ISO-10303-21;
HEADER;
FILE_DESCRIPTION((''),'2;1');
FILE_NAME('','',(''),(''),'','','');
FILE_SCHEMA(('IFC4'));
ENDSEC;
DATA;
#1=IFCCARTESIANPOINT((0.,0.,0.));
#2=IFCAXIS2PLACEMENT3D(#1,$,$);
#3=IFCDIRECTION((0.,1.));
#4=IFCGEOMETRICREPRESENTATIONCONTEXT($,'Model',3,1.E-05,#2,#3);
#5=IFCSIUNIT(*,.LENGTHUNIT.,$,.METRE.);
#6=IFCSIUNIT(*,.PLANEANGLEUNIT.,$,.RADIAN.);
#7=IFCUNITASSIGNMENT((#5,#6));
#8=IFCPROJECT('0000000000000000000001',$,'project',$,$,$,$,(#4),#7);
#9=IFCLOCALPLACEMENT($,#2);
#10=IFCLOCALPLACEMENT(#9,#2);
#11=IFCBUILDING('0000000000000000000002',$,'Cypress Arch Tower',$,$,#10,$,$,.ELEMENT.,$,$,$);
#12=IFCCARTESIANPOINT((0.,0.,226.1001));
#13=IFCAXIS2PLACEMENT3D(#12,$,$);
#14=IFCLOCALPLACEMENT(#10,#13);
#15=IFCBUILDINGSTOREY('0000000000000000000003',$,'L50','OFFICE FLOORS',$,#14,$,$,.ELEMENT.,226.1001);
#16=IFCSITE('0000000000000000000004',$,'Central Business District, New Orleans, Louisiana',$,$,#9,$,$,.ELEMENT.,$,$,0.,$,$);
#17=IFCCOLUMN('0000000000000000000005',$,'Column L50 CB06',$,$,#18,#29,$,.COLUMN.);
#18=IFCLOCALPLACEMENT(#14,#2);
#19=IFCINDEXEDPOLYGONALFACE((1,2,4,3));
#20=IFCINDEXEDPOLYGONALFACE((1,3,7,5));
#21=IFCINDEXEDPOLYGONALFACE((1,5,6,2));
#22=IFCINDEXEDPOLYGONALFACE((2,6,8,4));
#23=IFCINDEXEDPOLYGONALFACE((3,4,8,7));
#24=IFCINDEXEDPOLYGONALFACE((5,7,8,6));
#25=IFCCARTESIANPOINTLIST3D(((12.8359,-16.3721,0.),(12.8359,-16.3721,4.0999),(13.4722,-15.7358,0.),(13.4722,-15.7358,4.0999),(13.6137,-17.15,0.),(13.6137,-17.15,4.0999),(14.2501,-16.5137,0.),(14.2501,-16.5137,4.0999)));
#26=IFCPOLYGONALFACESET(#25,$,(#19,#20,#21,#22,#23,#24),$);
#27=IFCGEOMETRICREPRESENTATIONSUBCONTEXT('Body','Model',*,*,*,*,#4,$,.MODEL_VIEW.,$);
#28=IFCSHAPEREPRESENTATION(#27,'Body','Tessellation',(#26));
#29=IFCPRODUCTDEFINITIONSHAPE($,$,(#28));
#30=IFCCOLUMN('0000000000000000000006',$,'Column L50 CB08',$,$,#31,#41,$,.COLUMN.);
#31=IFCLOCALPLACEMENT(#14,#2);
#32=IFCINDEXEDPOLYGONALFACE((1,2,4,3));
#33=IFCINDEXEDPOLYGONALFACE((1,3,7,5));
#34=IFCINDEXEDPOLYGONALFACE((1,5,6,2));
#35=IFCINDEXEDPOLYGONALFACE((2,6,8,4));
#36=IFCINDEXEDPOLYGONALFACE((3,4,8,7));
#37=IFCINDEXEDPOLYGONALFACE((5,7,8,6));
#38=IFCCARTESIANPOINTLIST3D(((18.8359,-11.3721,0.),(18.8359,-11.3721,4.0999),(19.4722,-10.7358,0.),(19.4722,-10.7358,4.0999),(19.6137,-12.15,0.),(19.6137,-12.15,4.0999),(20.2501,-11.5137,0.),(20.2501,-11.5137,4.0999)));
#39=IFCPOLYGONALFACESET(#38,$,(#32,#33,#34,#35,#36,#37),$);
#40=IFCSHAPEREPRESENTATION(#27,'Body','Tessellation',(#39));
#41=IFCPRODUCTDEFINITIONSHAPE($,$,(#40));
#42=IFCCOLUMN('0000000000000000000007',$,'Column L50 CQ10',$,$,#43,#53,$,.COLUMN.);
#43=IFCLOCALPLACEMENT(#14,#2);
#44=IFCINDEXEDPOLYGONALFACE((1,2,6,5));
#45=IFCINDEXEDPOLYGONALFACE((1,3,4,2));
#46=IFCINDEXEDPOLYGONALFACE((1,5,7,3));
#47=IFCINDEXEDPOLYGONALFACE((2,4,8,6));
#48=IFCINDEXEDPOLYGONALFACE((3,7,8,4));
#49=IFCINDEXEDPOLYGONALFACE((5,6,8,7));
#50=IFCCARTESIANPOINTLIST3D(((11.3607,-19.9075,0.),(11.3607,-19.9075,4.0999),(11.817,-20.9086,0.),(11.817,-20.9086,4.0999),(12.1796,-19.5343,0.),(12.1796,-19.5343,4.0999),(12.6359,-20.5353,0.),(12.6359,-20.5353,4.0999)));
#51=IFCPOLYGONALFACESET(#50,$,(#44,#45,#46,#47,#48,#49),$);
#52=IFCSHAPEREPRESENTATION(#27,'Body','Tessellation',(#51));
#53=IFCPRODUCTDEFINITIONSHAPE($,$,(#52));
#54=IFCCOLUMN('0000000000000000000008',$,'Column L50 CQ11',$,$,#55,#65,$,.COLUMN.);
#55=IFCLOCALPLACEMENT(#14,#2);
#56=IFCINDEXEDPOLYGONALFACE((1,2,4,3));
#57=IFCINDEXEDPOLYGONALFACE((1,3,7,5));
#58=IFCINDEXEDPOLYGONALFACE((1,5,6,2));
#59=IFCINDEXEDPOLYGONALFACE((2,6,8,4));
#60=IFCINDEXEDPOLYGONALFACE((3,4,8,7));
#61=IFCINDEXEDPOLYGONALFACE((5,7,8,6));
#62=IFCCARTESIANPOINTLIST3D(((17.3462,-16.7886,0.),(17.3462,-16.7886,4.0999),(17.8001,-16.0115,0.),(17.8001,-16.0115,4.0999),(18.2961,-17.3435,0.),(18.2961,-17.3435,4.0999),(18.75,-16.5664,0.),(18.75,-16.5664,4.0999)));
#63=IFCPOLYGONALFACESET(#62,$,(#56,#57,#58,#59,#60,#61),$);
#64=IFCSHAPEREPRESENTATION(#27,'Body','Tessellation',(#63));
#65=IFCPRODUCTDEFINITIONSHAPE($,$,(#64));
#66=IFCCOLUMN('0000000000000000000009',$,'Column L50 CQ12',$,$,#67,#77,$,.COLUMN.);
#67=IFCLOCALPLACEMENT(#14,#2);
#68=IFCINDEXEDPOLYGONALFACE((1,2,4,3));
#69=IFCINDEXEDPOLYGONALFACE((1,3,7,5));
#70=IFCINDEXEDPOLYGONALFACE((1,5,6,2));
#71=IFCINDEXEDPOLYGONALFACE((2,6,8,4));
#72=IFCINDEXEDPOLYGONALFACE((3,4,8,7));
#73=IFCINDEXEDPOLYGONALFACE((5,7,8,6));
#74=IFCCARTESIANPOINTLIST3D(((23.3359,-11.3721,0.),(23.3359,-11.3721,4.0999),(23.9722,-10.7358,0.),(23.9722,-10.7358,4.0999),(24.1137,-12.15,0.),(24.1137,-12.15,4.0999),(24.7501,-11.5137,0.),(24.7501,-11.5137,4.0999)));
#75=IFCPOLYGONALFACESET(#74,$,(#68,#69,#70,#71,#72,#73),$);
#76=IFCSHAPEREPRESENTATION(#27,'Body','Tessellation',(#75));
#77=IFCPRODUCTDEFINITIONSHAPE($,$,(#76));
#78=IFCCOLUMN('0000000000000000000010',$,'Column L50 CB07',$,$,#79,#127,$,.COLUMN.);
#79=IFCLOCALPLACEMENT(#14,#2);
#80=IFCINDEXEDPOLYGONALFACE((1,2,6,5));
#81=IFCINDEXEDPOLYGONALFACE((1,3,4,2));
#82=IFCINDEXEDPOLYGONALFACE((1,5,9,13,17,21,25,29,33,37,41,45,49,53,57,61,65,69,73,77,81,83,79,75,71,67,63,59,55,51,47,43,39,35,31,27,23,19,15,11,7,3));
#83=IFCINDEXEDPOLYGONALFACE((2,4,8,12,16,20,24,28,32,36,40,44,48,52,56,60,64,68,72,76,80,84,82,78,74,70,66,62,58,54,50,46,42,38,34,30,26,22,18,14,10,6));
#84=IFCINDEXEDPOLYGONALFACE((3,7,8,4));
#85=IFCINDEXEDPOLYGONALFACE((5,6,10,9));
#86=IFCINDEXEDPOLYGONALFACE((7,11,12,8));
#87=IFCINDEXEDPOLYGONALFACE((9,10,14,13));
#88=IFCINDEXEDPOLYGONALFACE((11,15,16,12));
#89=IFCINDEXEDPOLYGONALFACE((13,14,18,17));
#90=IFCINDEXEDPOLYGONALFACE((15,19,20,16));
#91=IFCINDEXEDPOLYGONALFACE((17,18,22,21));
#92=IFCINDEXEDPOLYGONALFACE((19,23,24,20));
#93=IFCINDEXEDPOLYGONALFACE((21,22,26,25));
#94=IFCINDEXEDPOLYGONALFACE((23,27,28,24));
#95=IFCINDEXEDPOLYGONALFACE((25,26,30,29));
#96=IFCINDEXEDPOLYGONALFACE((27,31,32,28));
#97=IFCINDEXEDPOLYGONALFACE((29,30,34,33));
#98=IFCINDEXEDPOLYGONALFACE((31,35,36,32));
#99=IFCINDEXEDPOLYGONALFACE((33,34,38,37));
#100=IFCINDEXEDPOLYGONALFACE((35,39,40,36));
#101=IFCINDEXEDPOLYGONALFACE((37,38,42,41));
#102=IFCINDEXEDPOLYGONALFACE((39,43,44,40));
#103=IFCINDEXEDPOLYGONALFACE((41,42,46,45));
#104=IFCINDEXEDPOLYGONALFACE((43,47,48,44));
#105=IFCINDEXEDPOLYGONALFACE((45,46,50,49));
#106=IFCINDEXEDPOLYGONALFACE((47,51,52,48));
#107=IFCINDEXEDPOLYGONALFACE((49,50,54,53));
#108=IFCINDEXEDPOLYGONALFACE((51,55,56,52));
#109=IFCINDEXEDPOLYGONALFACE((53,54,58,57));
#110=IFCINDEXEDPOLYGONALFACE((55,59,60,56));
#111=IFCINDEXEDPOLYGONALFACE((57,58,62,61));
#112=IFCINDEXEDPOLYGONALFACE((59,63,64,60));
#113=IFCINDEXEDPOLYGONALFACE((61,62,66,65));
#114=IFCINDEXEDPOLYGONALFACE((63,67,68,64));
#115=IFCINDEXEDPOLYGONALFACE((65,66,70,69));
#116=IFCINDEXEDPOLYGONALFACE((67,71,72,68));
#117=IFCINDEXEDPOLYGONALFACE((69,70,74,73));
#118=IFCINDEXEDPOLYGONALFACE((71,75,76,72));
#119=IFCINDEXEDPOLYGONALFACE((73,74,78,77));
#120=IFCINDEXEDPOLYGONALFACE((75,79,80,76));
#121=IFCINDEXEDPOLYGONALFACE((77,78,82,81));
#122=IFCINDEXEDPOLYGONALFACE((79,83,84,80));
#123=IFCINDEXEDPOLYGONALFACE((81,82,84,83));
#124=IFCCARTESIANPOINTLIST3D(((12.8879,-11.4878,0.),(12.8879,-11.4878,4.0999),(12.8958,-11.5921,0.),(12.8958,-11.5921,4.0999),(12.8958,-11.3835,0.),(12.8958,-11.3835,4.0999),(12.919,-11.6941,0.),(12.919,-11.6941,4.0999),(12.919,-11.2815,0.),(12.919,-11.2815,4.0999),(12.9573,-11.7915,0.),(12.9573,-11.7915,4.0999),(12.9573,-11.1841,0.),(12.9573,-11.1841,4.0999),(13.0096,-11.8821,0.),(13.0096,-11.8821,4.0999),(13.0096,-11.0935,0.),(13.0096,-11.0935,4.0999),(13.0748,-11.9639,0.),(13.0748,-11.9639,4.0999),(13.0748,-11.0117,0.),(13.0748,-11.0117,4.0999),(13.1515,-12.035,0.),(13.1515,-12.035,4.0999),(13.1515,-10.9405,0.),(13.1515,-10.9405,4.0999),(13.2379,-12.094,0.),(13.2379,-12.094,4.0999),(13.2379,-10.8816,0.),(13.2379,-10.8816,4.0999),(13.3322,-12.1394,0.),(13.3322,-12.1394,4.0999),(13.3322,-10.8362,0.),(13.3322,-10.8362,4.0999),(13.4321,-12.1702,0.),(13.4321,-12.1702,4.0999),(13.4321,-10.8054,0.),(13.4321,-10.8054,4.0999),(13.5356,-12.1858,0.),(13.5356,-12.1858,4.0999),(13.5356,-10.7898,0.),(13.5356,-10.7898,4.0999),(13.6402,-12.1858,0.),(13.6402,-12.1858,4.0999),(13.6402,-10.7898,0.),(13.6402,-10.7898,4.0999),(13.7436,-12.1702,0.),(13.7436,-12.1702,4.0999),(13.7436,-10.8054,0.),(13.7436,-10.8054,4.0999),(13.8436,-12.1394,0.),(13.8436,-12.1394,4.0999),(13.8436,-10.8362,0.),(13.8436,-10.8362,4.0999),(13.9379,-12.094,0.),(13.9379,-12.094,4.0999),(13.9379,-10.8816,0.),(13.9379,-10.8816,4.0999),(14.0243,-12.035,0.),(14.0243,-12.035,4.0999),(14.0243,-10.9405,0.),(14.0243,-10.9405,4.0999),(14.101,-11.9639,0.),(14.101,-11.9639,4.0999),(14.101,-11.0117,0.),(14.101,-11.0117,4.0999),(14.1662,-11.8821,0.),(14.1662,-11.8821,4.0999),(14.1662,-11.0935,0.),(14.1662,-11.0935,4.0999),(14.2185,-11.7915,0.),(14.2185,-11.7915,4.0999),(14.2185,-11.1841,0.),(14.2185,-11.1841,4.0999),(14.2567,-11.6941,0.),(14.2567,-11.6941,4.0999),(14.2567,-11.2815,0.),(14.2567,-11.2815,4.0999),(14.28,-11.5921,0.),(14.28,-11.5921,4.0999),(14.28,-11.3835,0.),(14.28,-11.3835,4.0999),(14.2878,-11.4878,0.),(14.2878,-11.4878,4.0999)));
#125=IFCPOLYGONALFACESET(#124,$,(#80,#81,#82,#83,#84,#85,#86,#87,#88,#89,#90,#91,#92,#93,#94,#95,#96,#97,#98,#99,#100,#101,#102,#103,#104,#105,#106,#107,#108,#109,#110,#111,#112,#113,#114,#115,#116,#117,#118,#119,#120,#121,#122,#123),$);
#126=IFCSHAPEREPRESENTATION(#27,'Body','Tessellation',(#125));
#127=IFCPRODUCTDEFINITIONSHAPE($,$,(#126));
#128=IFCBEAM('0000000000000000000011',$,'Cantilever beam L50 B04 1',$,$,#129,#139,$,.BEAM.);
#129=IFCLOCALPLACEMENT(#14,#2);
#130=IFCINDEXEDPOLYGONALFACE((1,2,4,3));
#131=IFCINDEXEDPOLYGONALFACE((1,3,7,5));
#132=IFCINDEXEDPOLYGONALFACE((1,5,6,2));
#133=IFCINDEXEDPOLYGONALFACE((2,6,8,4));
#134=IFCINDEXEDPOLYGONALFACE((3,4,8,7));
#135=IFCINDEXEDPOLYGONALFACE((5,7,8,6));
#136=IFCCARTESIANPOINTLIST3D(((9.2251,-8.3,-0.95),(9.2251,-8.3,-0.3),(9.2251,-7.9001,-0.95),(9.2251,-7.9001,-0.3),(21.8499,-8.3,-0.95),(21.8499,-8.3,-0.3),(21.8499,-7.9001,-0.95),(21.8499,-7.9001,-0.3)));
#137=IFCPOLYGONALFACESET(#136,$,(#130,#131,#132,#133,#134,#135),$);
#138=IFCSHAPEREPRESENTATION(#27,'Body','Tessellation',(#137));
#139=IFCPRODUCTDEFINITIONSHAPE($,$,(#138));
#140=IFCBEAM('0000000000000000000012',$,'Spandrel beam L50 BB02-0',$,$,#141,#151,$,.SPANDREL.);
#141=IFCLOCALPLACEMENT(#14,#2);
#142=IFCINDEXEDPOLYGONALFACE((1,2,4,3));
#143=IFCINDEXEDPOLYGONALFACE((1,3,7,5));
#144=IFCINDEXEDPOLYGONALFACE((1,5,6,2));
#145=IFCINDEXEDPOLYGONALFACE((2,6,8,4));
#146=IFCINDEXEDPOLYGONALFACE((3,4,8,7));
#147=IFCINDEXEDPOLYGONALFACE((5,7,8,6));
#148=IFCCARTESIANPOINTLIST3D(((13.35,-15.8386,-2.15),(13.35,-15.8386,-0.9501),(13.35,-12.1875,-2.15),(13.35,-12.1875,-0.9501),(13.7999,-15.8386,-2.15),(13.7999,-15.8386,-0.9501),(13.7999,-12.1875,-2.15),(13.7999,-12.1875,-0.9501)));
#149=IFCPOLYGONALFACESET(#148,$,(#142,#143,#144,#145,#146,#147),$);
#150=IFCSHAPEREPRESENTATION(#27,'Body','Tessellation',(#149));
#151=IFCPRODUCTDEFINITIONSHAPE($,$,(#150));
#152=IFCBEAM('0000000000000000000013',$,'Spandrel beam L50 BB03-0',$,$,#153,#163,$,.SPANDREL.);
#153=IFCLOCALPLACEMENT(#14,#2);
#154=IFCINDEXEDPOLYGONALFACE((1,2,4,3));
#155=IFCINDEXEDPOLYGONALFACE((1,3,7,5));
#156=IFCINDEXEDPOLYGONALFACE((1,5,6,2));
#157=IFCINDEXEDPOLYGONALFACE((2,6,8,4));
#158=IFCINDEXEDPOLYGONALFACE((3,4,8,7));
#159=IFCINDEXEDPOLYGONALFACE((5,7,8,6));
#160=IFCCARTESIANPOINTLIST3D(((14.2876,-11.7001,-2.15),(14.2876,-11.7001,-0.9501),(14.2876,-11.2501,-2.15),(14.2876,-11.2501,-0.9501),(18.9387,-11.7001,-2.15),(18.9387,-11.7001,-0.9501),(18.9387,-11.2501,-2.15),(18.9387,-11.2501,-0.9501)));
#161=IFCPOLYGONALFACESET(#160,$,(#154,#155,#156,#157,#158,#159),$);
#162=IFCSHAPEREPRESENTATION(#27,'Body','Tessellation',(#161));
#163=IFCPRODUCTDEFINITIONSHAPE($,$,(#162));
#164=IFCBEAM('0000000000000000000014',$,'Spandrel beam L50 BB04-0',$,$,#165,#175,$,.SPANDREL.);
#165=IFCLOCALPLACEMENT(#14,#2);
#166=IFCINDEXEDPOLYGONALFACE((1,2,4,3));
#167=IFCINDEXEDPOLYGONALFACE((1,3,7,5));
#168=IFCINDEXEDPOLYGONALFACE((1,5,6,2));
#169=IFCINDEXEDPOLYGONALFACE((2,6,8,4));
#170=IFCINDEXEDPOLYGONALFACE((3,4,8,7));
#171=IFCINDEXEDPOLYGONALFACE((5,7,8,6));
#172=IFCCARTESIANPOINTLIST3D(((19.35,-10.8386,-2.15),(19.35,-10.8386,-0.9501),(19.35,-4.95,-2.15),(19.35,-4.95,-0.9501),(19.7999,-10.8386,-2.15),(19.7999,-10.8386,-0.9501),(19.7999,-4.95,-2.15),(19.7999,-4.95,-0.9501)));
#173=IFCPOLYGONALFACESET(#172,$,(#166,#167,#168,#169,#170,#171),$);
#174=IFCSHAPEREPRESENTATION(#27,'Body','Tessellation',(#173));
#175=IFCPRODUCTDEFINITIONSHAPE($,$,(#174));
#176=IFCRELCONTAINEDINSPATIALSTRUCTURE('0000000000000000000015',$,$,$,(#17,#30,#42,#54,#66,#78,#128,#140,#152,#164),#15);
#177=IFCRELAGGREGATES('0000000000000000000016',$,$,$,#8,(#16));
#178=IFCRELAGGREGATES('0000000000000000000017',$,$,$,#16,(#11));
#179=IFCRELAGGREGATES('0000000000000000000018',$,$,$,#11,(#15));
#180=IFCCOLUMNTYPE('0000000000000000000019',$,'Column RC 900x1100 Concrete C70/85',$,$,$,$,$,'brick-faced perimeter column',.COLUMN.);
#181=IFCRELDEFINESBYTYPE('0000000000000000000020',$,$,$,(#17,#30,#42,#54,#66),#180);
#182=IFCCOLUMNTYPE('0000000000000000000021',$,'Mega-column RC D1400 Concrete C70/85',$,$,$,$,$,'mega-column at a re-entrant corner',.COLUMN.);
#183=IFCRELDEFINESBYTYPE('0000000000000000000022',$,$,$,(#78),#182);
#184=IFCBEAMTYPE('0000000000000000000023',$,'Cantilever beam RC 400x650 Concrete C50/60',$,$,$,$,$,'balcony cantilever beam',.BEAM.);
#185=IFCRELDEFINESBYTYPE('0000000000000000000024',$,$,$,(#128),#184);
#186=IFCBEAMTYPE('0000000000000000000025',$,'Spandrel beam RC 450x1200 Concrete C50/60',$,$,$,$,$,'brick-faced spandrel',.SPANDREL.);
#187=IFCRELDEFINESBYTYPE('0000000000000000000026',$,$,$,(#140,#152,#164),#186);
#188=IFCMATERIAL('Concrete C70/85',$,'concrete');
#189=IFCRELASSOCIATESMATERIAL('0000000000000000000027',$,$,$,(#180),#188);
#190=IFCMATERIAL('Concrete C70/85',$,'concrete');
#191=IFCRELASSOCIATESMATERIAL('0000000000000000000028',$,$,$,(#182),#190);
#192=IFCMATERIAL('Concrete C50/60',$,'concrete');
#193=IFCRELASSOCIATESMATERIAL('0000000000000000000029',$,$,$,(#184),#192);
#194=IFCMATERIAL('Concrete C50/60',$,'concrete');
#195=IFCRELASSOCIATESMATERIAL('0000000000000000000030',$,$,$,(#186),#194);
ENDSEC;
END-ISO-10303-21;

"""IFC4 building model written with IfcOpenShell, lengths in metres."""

from ifc_helpers import new_model, si_unit, direction, frame, origin, origin_2d, place, context, subcontext, project, spatial, rectangle, circle, extrude, material, material_profile, profile_set, type_object, element, save


model = new_model("IFC4")

# Units and contexts
model_context = context("Model", 3, precision=1e-05, world=origin(), true_north=direction((0.0, 1.0)))
body_context = subcontext(model_context, "Body", "Model", "MODEL_VIEW")
ifc_project = project(units=[si_unit("LENGTHUNIT", "METRE"), si_unit("PLANEANGLEUNIT", "RADIAN")], contexts=[model_context])

# Site, building, storey
site_placement = place(None, origin())
site = spatial("IfcSite", under=ifc_project, at=site_placement, Name="Central Business District, New Orleans, Louisiana", CompositionType="ELEMENT", RefElevation=0.0)
building_placement = place(site_placement, origin())
building = spatial("IfcBuilding", under=site, at=building_placement, Name="Cypress Arch Tower", CompositionType="ELEMENT")
storey_placement = place(building_placement, frame((0.0, 0.0, 226.1001)))
storey = spatial("IfcBuildingStorey", under=building, at=storey_placement, Name="L50", Description="OFFICE FLOORS", CompositionType="ELEMENT", Elevation=226.1001)

# Columns
ifc_material_1 = material(Name="Concrete C70/85", Category="concrete")
ifc_material_profile_1 = material_profile(ifc_material_1, rectangle(XDim=0.8999, YDim=1.1001, at=origin_2d()), Name="RC 900x1100")
ifc_profile_set_1 = profile_set([ifc_material_profile_1], Name="Concrete C70/85")
column_type_1 = type_object("IfcColumnType", Name="Column RC 900x1100 Concrete C70/85", ElementType="brick-faced perimeter column", PredefinedType="COLUMN", material=ifc_profile_set_1)
for number, where, z_axis, x_axis, name in (
    (1, (13.543, -16.4429, 0.0), (0.0, 0.0, 1.0), (0.707107, 0.707107, 0.0), "Column L50 CB06"),
    (2, (19.543, -11.4429, 0.0), (0.0, 0.0, 1.0), (0.707107, 0.707107, 0.0), "Column L50 CB08"),
    (3, (11.9983, -20.2214, 0.0), (0.0, 0.0, 1.0), (0.909932, 0.414757, 0.0), "Column L50 CQ10"),
    (4, (18.0481, -16.6775, 0.0), (0.0, 0.0, 1.0), (0.504399, 0.863471, 0.0), "Column L50 CQ11"),
    (5, (24.043, -11.4429, 0.0), (0.0, 0.0, 1.0), (0.707107, 0.707107, 0.0), "Column L50 CQ12"),
):
    element("IfcColumn", number, at=place(storey_placement, frame(where, z_axis=z_axis, x_axis=x_axis)), inside=storey, type_object=column_type_1, Name=name, PredefinedType="COLUMN", context=body_context, shape_type="SweptSolid", body=[
        extrude(rectangle(XDim=0.8999, YDim=1.1001, at=origin_2d()), origin(), (0.0, 0.0, 1.0), 4.0999),
    ])
ifc_material_2 = material(Name="Concrete C70/85", Category="concrete")
ifc_material_profile_2 = material_profile(ifc_material_2, circle(Radius=0.7, at=origin_2d()), Name="RC D1400")
ifc_profile_set_2 = profile_set([ifc_material_profile_2], Name="Concrete C70/85")
column_type_2 = type_object("IfcColumnType", Name="Mega-column RC D1400 Concrete C70/85", ElementType="mega-column at a re-entrant corner", PredefinedType="COLUMN", material=ifc_profile_set_2)
column_placement = place(storey_placement, frame((13.5879, -11.4878, 0.0), z_axis=(0.0, 0.0, 1.0), x_axis=(1.0, 0.0, 0.0)))
element("IfcColumn", 6, at=column_placement, inside=storey, type_object=column_type_2, Name="Column L50 CB07", PredefinedType="COLUMN", context=body_context, shape_type="SweptSolid", body=[
    extrude(circle(Radius=0.7, at=origin_2d()), origin(), (0.0, 0.0, 1.0), 4.0999),
])

# Beams
ifc_material_3 = material(Name="Concrete C50/60", Category="concrete")
ifc_material_profile_3 = material_profile(ifc_material_3, rectangle(XDim=0.3999, YDim=0.6499, at=origin_2d()), Name="RC 400x650")
ifc_profile_set_3 = profile_set([ifc_material_profile_3], Name="Concrete C50/60")
beam_type_1 = type_object("IfcBeamType", Name="Cantilever beam RC 400x650 Concrete C50/60", ElementType="balcony cantilever beam", PredefinedType="BEAM", material=ifc_profile_set_3)
beam_1_placement = place(storey_placement, frame((9.2251, -8.1001, -0.625), z_axis=(1.0, 0.0, 0.0), x_axis=(0.0, 1.0, 0.0)))
element("IfcBeam", 7, at=beam_1_placement, inside=storey, type_object=beam_type_1, Name="Cantilever beam L50 B04 1", PredefinedType="BEAM", context=body_context, shape_type="SweptSolid", body=[
    extrude(rectangle(XDim=0.3999, YDim=0.6499, at=origin_2d()), origin(), (0.0, 0.0, 1.0), 12.6248),
])
ifc_material_4 = material(Name="Concrete C50/60", Category="concrete")
ifc_material_profile_4 = material_profile(ifc_material_4, rectangle(XDim=0.45, YDim=1.2, at=origin_2d()), Name="RC 450x1200")
ifc_profile_set_4 = profile_set([ifc_material_profile_4], Name="Concrete C50/60")
beam_type_2 = type_object("IfcBeamType", Name="Spandrel beam RC 450x1200 Concrete C50/60", ElementType="brick-faced spandrel", PredefinedType="SPANDREL", material=ifc_profile_set_4)
beam_2_placement = place(storey_placement, frame((13.575, -15.8386, -1.55), z_axis=(0.0, 1.0, 0.0), x_axis=(-1.0, 0.0, 0.0)))
element("IfcBeam", 8, at=beam_2_placement, inside=storey, type_object=beam_type_2, Name="Spandrel beam L50 BB02-0", PredefinedType="SPANDREL", context=body_context, shape_type="SweptSolid", body=[
    extrude(rectangle(XDim=0.45, YDim=1.2, at=origin_2d()), origin(), (0.0, 0.0, 1.0), 3.6511),
])
beam_3_placement = place(storey_placement, frame((14.2876, -11.4751, -1.55), z_axis=(1.0, 0.0, 0.0), x_axis=(0.0, 1.0, 0.0)))
element("IfcBeam", 9, at=beam_3_placement, inside=storey, type_object=beam_type_2, Name="Spandrel beam L50 BB03-0", PredefinedType="SPANDREL", context=body_context, shape_type="SweptSolid", body=[
    extrude(rectangle(XDim=0.45, YDim=1.2, at=origin_2d()), origin(), (0.0, 0.0, 1.0), 4.6511),
])
beam_4_placement = place(storey_placement, frame((19.575, -10.8386, -1.55), z_axis=(0.0, 1.0, 0.0), x_axis=(-1.0, 0.0, 0.0)))
element("IfcBeam", 10, at=beam_4_placement, inside=storey, type_object=beam_type_2, Name="Spandrel beam L50 BB04-0", PredefinedType="SPANDREL", context=body_context, shape_type="SweptSolid", body=[
    extrude(rectangle(XDim=0.45, YDim=1.2, at=origin_2d()), origin(), (0.0, 0.0, 1.0), 5.8887),
])

save(model, "model.ifc")
